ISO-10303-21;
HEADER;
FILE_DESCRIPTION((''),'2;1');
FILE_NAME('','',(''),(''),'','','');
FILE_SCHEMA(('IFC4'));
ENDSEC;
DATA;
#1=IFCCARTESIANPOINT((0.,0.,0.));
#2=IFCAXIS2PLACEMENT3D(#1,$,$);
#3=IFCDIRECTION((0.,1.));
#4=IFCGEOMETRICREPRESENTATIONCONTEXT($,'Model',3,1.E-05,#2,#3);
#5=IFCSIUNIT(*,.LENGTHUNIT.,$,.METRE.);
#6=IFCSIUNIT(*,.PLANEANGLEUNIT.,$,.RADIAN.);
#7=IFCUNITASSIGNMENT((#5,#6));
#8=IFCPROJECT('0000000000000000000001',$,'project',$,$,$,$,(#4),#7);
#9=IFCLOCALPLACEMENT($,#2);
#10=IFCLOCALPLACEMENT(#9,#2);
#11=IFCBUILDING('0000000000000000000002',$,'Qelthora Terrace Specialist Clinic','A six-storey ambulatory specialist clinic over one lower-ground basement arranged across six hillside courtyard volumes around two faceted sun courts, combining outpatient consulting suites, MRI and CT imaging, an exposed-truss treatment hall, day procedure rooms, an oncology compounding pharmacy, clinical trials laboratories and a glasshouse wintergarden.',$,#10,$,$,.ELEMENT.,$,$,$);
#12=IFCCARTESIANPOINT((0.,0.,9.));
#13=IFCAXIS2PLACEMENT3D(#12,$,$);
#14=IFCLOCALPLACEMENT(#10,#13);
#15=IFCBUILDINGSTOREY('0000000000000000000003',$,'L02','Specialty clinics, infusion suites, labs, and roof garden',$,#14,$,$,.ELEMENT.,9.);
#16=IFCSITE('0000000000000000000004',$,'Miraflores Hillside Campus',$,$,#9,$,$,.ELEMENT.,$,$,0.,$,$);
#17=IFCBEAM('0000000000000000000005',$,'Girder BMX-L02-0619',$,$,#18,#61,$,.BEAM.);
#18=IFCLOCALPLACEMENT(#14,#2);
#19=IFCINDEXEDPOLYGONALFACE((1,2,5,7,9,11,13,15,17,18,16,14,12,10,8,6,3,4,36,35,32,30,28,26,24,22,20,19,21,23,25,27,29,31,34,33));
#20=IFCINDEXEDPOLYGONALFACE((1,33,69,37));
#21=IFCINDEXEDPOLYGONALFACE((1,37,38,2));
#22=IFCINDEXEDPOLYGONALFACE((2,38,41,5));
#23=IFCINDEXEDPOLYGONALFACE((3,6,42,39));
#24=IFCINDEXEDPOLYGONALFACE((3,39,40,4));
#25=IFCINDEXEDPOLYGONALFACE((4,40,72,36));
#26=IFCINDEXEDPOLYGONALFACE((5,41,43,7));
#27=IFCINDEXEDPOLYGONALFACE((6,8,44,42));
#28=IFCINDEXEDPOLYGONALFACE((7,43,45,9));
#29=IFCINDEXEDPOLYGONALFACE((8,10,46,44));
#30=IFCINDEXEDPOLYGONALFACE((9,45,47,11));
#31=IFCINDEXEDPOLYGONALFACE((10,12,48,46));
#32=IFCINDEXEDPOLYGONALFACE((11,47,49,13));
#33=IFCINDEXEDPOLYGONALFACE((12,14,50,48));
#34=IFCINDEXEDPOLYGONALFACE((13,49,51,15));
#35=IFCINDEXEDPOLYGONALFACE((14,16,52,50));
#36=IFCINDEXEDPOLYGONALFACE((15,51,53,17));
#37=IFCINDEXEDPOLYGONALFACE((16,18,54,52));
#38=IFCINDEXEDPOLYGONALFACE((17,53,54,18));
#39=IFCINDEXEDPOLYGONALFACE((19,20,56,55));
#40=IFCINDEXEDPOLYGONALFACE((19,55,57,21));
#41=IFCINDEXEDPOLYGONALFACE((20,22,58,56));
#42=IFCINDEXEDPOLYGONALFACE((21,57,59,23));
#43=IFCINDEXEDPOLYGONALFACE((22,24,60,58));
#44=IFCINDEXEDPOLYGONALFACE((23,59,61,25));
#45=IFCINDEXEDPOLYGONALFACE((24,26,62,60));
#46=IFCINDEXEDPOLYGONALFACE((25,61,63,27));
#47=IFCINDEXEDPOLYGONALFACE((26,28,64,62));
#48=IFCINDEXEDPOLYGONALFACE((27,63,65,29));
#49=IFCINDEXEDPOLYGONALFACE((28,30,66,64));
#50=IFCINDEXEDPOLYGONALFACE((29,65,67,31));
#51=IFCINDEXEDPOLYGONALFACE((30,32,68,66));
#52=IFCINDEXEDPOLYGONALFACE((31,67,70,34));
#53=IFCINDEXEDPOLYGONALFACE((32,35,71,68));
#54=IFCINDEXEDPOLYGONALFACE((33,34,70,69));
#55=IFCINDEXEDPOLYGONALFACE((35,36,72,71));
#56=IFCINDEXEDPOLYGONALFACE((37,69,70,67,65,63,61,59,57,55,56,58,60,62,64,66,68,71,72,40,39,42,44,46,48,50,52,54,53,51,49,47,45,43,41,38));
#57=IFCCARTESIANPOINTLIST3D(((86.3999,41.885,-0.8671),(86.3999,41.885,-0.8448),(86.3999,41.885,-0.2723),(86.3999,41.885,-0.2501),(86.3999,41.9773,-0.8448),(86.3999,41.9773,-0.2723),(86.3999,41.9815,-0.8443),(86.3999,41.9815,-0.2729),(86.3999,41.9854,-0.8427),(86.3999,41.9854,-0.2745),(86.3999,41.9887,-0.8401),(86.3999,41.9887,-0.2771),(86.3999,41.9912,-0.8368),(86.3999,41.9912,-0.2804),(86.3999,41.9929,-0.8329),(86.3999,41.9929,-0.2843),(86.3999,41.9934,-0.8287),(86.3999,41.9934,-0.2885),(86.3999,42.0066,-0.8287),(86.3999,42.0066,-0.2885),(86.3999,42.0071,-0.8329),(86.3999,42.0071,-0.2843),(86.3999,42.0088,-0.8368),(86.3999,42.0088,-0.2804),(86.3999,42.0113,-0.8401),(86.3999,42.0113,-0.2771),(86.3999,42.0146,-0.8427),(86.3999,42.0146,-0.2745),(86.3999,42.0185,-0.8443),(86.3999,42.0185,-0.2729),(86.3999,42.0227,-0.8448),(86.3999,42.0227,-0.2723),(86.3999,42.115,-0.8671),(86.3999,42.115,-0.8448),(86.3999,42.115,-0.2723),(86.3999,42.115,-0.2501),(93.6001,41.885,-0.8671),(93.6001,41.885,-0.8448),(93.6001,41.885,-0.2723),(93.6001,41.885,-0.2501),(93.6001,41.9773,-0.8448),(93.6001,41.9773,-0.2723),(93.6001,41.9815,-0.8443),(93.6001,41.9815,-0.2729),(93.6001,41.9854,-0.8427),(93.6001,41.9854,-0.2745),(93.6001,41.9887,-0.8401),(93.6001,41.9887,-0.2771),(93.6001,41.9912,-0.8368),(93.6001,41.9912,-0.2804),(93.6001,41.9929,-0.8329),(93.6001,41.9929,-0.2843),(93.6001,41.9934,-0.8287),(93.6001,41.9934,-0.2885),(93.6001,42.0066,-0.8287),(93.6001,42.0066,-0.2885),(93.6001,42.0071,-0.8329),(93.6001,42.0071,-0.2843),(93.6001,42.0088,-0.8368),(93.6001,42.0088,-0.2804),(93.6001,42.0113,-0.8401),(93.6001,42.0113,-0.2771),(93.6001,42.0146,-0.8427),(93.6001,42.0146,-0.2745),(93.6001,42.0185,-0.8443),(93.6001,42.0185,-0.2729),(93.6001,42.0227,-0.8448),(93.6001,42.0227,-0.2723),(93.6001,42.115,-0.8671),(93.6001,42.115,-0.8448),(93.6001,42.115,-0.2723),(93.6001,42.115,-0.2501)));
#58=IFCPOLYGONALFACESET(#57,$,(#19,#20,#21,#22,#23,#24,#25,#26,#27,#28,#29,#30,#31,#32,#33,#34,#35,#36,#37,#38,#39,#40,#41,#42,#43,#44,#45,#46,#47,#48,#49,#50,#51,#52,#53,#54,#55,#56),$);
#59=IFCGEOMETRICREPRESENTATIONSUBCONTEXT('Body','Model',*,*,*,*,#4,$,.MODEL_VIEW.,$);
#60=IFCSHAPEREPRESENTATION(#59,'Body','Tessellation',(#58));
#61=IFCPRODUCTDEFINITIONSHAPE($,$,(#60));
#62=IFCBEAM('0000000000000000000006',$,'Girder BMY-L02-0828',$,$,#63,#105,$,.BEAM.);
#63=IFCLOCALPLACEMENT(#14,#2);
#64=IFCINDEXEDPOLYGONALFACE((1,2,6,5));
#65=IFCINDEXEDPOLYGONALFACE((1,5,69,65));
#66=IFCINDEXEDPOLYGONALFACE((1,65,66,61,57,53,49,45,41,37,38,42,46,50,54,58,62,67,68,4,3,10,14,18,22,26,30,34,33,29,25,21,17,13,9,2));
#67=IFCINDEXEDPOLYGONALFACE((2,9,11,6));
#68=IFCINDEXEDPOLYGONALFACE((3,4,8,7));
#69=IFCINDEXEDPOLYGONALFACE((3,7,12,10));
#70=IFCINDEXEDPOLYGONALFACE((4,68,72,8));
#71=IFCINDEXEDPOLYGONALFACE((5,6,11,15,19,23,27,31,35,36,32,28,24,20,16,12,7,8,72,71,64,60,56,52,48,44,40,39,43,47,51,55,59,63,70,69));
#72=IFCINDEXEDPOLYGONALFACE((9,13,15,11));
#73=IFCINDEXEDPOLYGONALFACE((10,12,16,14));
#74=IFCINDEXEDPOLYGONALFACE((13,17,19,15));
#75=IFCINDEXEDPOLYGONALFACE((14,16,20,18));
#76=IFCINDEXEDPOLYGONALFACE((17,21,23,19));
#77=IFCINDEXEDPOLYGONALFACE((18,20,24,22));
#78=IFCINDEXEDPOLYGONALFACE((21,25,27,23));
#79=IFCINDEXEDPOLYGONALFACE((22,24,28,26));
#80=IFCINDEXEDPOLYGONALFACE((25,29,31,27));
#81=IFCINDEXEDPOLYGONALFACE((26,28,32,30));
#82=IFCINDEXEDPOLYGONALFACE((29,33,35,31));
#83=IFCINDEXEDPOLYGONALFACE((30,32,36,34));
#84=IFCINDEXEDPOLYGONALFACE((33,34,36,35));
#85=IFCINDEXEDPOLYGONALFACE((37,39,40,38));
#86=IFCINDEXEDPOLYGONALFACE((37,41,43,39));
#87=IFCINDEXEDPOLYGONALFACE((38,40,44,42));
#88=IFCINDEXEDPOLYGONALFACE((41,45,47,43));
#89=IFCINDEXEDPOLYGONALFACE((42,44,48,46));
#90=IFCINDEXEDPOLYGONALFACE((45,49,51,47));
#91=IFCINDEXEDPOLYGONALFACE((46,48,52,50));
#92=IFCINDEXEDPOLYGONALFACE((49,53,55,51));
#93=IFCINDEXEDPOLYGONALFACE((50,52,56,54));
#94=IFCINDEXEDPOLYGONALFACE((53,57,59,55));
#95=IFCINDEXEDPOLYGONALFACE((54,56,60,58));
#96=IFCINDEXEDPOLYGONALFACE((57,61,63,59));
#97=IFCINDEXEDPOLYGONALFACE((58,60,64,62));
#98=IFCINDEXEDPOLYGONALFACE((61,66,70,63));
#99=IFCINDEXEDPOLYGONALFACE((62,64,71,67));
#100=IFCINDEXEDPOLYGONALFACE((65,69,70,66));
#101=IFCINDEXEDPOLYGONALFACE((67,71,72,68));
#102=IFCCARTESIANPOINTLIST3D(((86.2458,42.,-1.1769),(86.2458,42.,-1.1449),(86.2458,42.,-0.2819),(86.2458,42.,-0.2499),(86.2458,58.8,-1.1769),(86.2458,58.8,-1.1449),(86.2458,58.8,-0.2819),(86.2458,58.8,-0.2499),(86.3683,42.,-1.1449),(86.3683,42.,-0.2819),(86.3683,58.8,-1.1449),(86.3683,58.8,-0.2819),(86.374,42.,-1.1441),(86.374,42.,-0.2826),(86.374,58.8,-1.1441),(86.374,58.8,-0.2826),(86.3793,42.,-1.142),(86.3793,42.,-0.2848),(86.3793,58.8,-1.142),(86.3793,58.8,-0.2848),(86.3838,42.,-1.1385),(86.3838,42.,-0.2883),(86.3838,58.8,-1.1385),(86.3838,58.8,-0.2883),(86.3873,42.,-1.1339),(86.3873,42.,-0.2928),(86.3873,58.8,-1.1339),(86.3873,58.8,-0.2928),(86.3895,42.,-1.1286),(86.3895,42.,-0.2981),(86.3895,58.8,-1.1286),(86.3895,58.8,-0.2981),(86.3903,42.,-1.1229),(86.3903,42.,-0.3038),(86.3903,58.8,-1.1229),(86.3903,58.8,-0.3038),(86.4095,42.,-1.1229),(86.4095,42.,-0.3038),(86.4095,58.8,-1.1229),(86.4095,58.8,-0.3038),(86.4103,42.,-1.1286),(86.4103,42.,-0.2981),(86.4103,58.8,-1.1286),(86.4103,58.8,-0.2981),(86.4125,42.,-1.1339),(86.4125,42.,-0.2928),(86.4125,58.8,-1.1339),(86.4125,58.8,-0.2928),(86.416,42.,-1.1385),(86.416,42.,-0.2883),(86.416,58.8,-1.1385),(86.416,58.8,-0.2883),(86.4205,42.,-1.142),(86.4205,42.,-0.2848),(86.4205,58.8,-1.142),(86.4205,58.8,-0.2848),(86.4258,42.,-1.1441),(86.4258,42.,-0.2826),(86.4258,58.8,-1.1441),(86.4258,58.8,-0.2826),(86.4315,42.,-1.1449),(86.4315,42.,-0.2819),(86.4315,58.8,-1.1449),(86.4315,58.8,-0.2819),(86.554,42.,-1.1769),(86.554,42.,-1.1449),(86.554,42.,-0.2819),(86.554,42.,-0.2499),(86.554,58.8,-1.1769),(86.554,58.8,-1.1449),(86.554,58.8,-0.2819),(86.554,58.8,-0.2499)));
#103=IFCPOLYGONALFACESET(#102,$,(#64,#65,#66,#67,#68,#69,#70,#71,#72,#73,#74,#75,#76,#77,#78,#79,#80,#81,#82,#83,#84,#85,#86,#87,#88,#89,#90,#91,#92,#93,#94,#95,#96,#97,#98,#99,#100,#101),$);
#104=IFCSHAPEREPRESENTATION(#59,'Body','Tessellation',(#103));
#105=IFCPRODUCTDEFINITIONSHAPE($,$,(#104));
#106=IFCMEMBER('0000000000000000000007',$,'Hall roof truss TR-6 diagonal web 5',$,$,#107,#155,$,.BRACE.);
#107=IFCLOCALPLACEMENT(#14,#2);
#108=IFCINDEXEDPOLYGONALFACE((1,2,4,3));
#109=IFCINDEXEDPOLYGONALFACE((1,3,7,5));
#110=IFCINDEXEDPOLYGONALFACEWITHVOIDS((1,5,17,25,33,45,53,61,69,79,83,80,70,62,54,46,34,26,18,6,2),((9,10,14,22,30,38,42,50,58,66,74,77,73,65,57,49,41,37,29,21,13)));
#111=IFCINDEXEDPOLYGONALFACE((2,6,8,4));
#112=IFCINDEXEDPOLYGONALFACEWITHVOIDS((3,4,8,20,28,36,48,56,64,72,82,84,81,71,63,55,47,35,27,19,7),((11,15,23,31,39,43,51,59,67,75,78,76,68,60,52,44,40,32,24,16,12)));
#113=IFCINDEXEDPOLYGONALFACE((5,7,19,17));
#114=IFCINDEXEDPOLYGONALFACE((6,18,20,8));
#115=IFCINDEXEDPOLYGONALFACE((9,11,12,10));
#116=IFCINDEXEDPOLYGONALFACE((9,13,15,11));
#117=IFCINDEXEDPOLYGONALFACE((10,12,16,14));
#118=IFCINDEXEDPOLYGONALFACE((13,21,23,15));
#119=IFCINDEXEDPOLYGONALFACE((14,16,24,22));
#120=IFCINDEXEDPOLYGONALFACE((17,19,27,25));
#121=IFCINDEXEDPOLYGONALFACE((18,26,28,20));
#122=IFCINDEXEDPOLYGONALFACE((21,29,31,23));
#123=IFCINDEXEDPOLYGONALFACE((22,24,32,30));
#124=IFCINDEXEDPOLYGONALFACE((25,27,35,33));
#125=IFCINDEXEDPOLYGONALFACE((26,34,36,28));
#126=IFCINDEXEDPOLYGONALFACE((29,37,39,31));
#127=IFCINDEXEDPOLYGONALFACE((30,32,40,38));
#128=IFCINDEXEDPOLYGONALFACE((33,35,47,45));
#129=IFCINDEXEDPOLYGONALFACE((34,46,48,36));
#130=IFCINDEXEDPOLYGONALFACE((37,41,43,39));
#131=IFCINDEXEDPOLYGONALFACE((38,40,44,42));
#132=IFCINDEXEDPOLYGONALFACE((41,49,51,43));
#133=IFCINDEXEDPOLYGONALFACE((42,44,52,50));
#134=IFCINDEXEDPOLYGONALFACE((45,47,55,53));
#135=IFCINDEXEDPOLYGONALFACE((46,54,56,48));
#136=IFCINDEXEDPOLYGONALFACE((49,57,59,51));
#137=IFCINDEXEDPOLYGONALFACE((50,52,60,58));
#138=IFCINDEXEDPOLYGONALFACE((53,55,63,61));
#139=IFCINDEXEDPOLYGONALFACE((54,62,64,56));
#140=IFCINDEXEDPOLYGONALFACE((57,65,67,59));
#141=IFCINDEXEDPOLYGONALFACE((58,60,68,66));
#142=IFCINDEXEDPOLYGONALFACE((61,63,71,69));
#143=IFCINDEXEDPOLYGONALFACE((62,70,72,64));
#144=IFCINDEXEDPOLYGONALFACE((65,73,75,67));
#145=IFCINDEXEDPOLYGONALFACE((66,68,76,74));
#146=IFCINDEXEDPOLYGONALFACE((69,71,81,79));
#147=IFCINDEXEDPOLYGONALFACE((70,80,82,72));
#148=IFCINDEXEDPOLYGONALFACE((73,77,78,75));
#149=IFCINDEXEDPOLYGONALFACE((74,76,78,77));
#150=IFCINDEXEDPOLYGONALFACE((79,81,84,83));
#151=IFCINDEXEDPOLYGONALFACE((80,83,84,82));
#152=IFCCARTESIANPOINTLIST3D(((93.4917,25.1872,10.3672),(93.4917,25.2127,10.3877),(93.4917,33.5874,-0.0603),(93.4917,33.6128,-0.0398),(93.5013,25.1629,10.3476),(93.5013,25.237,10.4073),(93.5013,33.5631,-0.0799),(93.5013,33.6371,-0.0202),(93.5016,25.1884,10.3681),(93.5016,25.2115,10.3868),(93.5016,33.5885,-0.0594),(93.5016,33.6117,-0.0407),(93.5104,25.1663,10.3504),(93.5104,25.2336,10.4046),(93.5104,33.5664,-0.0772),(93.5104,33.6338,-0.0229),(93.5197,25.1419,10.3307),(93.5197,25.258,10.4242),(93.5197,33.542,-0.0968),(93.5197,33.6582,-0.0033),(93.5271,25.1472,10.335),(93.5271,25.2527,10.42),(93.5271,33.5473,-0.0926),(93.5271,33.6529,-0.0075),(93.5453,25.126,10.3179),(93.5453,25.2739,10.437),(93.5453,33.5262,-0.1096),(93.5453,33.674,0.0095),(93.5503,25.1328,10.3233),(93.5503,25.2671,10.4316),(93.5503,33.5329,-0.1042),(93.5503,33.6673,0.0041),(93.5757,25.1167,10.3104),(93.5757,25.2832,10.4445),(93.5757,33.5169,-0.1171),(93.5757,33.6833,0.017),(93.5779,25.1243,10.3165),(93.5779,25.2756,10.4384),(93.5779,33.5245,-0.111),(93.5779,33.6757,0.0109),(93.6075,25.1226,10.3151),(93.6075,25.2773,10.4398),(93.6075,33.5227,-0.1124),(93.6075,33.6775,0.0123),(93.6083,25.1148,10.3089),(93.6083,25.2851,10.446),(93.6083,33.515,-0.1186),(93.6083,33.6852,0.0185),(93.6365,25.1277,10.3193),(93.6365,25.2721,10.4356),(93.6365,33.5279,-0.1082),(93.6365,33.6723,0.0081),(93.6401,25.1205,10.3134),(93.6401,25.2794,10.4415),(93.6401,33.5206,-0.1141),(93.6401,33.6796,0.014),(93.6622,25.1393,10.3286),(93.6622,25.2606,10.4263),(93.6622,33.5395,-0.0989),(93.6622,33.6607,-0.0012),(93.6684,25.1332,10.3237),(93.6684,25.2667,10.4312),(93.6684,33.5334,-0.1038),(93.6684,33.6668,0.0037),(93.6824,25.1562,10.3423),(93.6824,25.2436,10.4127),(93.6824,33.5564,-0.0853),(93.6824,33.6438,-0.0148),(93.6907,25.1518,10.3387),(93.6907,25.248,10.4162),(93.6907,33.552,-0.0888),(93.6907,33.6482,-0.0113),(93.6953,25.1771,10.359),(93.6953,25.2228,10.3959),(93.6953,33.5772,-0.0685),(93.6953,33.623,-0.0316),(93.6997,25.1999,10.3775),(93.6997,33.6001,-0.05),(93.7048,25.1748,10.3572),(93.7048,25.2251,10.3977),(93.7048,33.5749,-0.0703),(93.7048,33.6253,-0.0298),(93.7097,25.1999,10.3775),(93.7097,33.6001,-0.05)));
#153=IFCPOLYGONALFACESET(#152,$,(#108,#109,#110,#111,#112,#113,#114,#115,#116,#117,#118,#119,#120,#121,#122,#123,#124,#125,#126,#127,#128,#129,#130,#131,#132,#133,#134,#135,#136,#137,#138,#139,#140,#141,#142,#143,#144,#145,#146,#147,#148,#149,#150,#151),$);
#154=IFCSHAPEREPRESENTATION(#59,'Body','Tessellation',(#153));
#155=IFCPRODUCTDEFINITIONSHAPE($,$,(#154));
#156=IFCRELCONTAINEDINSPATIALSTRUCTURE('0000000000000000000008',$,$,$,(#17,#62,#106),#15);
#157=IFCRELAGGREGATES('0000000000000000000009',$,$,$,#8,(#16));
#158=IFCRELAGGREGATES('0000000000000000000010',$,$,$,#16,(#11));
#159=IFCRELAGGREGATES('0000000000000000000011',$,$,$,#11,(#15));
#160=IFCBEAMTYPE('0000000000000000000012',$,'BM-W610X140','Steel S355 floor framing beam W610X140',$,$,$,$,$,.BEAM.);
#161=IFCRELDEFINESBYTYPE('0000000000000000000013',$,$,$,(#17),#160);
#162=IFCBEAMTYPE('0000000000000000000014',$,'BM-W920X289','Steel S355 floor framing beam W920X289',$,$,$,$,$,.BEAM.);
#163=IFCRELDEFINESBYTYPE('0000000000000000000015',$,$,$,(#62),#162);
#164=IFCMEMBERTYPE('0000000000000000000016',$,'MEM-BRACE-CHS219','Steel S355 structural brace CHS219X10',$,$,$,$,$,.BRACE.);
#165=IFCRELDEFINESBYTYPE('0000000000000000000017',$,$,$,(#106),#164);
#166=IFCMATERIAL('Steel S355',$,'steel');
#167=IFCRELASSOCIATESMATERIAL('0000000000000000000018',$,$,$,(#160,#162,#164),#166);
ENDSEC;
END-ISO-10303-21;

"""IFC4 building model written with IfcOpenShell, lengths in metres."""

from ifc_helpers import new_model, si_unit, direction, frame, origin, origin_2d, place, context, subcontext, project, spatial, hollow_circle, i_section, extrude, material, material_profile, profile_set, type_object, element, save


model = new_model("IFC4")

# Units and contexts
model_context = context("Model", 3, precision=1e-05, world=origin(), true_north=direction((0.0, 1.0)))
body_context = subcontext(model_context, "Body", "Model", "MODEL_VIEW")
ifc_project = project(units=[si_unit("LENGTHUNIT", "METRE"), si_unit("PLANEANGLEUNIT", "RADIAN")], contexts=[model_context])

# Site, building, storey
site_placement = place(None, origin())
site = spatial("IfcSite", under=ifc_project, at=site_placement, Name="Miraflores Hillside Campus", CompositionType="ELEMENT", RefElevation=0.0)
building_placement = place(site_placement, origin())
building = spatial("IfcBuilding", under=site, at=building_placement, Name="Qelthora Terrace Specialist Clinic", Description="A six-storey ambulatory specialist clinic over one lower-ground basement arranged across six hillside courtyard volumes around two faceted sun courts, combining outpatient consulting suites, MRI and CT imaging, an exposed-truss treatment hall, day procedure rooms, an oncology compounding pharmacy, clinical trials laboratories and a glasshouse wintergarden.", CompositionType="ELEMENT")
storey_placement = place(building_placement, frame((0.0, 0.0, 9.0)))
storey = spatial("IfcBuildingStorey", under=building, at=storey_placement, Name="L02", Description="Specialty clinics, infusion suites, labs, and roof garden", CompositionType="ELEMENT", Elevation=9.0)

# Shared definitions
ifc_material_1 = material(Name="Steel S355", Category="steel")

# Beams
ifc_material_profile_1 = material_profile(ifc_material_1, i_section(OverallWidth=0.23, OverallDepth=0.6169, WebThickness=0.0132, FlangeThickness=0.0222, FilletRadius=0.0161, at=origin_2d()), Name="W610X140")
ifc_profile_set_1 = profile_set([ifc_material_profile_1], Name="Steel S355")
beam_type_1 = type_object("IfcBeamType", Name="BM-W610X140", Description="Steel S355 floor framing beam W610X140", PredefinedType="BEAM", material=ifc_profile_set_1)
beam_1_placement = place(storey_placement, frame((86.3999, 42.0, -0.5586), z_axis=(1.0, 0.0, 0.0), x_axis=(0.0, 1.0, 0.0)))
element("IfcBeam", 1, at=beam_1_placement, inside=storey, type_object=beam_type_1, Name="Girder BMX-L02-0619", PredefinedType="BEAM", context=body_context, shape_type="SweptSolid", body=[
    extrude(i_section(OverallWidth=0.23, OverallDepth=0.6169, WebThickness=0.0132, FlangeThickness=0.0222, FilletRadius=0.0161, at=origin_2d()), origin(), (0.0, 0.0, 1.0), 7.2002),
])
ifc_material_profile_2 = material_profile(ifc_material_1, i_section(OverallWidth=0.3081, OverallDepth=0.927, WebThickness=0.0193, FlangeThickness=0.032, FilletRadius=0.022, at=origin_2d()), Name="W920X289")
ifc_profile_set_2 = profile_set([ifc_material_profile_2], Name="Steel S355")
beam_type_2 = type_object("IfcBeamType", Name="BM-W920X289", Description="Steel S355 floor framing beam W920X289", PredefinedType="BEAM", material=ifc_profile_set_2)
beam_2_placement = place(storey_placement, frame((86.3999, 42.0, -0.7134), z_axis=(0.0, 1.0, 0.0), x_axis=(-1.0, 0.0, 0.0)))
element("IfcBeam", 2, at=beam_2_placement, inside=storey, type_object=beam_type_2, Name="Girder BMY-L02-0828", PredefinedType="BEAM", context=body_context, shape_type="SweptSolid", body=[
    extrude(i_section(OverallWidth=0.3081, OverallDepth=0.927, WebThickness=0.0193, FlangeThickness=0.032, FilletRadius=0.022, at=origin_2d()), origin(), (0.0, 0.0, 1.0), 16.8),
])

# Member
ifc_material_profile_3 = material_profile(ifc_material_1, hollow_circle(Radius=0.1096, WallThickness=0.01, at=origin_2d()), Name="CHS219X10")
ifc_profile_set_3 = profile_set([ifc_material_profile_3], Name="Steel S355")
member_type_1 = type_object("IfcMemberType", Name="MEM-BRACE-CHS219", Description="Steel S355 structural brace CHS219X10", PredefinedType="BRACE", material=ifc_profile_set_3)
member_1_placement = place(storey_placement, frame((93.6001, 33.6001, -0.05), z_axis=(0.0, -0.62734, 0.778746), x_axis=(1.0, 0.0, 0.0)))
element("IfcMember", 3, at=member_1_placement, inside=storey, type_object=member_type_1, Name="Hall roof truss TR-6 diagonal web 5", PredefinedType="BRACE", context=body_context, shape_type="SweptSolid", body=[
    extrude(hollow_circle(Radius=0.1096, WallThickness=0.01, at=origin_2d()), origin(), (0.0, 0.0, 1.0), 13.3901),
])

save(model, "model.ifc")
